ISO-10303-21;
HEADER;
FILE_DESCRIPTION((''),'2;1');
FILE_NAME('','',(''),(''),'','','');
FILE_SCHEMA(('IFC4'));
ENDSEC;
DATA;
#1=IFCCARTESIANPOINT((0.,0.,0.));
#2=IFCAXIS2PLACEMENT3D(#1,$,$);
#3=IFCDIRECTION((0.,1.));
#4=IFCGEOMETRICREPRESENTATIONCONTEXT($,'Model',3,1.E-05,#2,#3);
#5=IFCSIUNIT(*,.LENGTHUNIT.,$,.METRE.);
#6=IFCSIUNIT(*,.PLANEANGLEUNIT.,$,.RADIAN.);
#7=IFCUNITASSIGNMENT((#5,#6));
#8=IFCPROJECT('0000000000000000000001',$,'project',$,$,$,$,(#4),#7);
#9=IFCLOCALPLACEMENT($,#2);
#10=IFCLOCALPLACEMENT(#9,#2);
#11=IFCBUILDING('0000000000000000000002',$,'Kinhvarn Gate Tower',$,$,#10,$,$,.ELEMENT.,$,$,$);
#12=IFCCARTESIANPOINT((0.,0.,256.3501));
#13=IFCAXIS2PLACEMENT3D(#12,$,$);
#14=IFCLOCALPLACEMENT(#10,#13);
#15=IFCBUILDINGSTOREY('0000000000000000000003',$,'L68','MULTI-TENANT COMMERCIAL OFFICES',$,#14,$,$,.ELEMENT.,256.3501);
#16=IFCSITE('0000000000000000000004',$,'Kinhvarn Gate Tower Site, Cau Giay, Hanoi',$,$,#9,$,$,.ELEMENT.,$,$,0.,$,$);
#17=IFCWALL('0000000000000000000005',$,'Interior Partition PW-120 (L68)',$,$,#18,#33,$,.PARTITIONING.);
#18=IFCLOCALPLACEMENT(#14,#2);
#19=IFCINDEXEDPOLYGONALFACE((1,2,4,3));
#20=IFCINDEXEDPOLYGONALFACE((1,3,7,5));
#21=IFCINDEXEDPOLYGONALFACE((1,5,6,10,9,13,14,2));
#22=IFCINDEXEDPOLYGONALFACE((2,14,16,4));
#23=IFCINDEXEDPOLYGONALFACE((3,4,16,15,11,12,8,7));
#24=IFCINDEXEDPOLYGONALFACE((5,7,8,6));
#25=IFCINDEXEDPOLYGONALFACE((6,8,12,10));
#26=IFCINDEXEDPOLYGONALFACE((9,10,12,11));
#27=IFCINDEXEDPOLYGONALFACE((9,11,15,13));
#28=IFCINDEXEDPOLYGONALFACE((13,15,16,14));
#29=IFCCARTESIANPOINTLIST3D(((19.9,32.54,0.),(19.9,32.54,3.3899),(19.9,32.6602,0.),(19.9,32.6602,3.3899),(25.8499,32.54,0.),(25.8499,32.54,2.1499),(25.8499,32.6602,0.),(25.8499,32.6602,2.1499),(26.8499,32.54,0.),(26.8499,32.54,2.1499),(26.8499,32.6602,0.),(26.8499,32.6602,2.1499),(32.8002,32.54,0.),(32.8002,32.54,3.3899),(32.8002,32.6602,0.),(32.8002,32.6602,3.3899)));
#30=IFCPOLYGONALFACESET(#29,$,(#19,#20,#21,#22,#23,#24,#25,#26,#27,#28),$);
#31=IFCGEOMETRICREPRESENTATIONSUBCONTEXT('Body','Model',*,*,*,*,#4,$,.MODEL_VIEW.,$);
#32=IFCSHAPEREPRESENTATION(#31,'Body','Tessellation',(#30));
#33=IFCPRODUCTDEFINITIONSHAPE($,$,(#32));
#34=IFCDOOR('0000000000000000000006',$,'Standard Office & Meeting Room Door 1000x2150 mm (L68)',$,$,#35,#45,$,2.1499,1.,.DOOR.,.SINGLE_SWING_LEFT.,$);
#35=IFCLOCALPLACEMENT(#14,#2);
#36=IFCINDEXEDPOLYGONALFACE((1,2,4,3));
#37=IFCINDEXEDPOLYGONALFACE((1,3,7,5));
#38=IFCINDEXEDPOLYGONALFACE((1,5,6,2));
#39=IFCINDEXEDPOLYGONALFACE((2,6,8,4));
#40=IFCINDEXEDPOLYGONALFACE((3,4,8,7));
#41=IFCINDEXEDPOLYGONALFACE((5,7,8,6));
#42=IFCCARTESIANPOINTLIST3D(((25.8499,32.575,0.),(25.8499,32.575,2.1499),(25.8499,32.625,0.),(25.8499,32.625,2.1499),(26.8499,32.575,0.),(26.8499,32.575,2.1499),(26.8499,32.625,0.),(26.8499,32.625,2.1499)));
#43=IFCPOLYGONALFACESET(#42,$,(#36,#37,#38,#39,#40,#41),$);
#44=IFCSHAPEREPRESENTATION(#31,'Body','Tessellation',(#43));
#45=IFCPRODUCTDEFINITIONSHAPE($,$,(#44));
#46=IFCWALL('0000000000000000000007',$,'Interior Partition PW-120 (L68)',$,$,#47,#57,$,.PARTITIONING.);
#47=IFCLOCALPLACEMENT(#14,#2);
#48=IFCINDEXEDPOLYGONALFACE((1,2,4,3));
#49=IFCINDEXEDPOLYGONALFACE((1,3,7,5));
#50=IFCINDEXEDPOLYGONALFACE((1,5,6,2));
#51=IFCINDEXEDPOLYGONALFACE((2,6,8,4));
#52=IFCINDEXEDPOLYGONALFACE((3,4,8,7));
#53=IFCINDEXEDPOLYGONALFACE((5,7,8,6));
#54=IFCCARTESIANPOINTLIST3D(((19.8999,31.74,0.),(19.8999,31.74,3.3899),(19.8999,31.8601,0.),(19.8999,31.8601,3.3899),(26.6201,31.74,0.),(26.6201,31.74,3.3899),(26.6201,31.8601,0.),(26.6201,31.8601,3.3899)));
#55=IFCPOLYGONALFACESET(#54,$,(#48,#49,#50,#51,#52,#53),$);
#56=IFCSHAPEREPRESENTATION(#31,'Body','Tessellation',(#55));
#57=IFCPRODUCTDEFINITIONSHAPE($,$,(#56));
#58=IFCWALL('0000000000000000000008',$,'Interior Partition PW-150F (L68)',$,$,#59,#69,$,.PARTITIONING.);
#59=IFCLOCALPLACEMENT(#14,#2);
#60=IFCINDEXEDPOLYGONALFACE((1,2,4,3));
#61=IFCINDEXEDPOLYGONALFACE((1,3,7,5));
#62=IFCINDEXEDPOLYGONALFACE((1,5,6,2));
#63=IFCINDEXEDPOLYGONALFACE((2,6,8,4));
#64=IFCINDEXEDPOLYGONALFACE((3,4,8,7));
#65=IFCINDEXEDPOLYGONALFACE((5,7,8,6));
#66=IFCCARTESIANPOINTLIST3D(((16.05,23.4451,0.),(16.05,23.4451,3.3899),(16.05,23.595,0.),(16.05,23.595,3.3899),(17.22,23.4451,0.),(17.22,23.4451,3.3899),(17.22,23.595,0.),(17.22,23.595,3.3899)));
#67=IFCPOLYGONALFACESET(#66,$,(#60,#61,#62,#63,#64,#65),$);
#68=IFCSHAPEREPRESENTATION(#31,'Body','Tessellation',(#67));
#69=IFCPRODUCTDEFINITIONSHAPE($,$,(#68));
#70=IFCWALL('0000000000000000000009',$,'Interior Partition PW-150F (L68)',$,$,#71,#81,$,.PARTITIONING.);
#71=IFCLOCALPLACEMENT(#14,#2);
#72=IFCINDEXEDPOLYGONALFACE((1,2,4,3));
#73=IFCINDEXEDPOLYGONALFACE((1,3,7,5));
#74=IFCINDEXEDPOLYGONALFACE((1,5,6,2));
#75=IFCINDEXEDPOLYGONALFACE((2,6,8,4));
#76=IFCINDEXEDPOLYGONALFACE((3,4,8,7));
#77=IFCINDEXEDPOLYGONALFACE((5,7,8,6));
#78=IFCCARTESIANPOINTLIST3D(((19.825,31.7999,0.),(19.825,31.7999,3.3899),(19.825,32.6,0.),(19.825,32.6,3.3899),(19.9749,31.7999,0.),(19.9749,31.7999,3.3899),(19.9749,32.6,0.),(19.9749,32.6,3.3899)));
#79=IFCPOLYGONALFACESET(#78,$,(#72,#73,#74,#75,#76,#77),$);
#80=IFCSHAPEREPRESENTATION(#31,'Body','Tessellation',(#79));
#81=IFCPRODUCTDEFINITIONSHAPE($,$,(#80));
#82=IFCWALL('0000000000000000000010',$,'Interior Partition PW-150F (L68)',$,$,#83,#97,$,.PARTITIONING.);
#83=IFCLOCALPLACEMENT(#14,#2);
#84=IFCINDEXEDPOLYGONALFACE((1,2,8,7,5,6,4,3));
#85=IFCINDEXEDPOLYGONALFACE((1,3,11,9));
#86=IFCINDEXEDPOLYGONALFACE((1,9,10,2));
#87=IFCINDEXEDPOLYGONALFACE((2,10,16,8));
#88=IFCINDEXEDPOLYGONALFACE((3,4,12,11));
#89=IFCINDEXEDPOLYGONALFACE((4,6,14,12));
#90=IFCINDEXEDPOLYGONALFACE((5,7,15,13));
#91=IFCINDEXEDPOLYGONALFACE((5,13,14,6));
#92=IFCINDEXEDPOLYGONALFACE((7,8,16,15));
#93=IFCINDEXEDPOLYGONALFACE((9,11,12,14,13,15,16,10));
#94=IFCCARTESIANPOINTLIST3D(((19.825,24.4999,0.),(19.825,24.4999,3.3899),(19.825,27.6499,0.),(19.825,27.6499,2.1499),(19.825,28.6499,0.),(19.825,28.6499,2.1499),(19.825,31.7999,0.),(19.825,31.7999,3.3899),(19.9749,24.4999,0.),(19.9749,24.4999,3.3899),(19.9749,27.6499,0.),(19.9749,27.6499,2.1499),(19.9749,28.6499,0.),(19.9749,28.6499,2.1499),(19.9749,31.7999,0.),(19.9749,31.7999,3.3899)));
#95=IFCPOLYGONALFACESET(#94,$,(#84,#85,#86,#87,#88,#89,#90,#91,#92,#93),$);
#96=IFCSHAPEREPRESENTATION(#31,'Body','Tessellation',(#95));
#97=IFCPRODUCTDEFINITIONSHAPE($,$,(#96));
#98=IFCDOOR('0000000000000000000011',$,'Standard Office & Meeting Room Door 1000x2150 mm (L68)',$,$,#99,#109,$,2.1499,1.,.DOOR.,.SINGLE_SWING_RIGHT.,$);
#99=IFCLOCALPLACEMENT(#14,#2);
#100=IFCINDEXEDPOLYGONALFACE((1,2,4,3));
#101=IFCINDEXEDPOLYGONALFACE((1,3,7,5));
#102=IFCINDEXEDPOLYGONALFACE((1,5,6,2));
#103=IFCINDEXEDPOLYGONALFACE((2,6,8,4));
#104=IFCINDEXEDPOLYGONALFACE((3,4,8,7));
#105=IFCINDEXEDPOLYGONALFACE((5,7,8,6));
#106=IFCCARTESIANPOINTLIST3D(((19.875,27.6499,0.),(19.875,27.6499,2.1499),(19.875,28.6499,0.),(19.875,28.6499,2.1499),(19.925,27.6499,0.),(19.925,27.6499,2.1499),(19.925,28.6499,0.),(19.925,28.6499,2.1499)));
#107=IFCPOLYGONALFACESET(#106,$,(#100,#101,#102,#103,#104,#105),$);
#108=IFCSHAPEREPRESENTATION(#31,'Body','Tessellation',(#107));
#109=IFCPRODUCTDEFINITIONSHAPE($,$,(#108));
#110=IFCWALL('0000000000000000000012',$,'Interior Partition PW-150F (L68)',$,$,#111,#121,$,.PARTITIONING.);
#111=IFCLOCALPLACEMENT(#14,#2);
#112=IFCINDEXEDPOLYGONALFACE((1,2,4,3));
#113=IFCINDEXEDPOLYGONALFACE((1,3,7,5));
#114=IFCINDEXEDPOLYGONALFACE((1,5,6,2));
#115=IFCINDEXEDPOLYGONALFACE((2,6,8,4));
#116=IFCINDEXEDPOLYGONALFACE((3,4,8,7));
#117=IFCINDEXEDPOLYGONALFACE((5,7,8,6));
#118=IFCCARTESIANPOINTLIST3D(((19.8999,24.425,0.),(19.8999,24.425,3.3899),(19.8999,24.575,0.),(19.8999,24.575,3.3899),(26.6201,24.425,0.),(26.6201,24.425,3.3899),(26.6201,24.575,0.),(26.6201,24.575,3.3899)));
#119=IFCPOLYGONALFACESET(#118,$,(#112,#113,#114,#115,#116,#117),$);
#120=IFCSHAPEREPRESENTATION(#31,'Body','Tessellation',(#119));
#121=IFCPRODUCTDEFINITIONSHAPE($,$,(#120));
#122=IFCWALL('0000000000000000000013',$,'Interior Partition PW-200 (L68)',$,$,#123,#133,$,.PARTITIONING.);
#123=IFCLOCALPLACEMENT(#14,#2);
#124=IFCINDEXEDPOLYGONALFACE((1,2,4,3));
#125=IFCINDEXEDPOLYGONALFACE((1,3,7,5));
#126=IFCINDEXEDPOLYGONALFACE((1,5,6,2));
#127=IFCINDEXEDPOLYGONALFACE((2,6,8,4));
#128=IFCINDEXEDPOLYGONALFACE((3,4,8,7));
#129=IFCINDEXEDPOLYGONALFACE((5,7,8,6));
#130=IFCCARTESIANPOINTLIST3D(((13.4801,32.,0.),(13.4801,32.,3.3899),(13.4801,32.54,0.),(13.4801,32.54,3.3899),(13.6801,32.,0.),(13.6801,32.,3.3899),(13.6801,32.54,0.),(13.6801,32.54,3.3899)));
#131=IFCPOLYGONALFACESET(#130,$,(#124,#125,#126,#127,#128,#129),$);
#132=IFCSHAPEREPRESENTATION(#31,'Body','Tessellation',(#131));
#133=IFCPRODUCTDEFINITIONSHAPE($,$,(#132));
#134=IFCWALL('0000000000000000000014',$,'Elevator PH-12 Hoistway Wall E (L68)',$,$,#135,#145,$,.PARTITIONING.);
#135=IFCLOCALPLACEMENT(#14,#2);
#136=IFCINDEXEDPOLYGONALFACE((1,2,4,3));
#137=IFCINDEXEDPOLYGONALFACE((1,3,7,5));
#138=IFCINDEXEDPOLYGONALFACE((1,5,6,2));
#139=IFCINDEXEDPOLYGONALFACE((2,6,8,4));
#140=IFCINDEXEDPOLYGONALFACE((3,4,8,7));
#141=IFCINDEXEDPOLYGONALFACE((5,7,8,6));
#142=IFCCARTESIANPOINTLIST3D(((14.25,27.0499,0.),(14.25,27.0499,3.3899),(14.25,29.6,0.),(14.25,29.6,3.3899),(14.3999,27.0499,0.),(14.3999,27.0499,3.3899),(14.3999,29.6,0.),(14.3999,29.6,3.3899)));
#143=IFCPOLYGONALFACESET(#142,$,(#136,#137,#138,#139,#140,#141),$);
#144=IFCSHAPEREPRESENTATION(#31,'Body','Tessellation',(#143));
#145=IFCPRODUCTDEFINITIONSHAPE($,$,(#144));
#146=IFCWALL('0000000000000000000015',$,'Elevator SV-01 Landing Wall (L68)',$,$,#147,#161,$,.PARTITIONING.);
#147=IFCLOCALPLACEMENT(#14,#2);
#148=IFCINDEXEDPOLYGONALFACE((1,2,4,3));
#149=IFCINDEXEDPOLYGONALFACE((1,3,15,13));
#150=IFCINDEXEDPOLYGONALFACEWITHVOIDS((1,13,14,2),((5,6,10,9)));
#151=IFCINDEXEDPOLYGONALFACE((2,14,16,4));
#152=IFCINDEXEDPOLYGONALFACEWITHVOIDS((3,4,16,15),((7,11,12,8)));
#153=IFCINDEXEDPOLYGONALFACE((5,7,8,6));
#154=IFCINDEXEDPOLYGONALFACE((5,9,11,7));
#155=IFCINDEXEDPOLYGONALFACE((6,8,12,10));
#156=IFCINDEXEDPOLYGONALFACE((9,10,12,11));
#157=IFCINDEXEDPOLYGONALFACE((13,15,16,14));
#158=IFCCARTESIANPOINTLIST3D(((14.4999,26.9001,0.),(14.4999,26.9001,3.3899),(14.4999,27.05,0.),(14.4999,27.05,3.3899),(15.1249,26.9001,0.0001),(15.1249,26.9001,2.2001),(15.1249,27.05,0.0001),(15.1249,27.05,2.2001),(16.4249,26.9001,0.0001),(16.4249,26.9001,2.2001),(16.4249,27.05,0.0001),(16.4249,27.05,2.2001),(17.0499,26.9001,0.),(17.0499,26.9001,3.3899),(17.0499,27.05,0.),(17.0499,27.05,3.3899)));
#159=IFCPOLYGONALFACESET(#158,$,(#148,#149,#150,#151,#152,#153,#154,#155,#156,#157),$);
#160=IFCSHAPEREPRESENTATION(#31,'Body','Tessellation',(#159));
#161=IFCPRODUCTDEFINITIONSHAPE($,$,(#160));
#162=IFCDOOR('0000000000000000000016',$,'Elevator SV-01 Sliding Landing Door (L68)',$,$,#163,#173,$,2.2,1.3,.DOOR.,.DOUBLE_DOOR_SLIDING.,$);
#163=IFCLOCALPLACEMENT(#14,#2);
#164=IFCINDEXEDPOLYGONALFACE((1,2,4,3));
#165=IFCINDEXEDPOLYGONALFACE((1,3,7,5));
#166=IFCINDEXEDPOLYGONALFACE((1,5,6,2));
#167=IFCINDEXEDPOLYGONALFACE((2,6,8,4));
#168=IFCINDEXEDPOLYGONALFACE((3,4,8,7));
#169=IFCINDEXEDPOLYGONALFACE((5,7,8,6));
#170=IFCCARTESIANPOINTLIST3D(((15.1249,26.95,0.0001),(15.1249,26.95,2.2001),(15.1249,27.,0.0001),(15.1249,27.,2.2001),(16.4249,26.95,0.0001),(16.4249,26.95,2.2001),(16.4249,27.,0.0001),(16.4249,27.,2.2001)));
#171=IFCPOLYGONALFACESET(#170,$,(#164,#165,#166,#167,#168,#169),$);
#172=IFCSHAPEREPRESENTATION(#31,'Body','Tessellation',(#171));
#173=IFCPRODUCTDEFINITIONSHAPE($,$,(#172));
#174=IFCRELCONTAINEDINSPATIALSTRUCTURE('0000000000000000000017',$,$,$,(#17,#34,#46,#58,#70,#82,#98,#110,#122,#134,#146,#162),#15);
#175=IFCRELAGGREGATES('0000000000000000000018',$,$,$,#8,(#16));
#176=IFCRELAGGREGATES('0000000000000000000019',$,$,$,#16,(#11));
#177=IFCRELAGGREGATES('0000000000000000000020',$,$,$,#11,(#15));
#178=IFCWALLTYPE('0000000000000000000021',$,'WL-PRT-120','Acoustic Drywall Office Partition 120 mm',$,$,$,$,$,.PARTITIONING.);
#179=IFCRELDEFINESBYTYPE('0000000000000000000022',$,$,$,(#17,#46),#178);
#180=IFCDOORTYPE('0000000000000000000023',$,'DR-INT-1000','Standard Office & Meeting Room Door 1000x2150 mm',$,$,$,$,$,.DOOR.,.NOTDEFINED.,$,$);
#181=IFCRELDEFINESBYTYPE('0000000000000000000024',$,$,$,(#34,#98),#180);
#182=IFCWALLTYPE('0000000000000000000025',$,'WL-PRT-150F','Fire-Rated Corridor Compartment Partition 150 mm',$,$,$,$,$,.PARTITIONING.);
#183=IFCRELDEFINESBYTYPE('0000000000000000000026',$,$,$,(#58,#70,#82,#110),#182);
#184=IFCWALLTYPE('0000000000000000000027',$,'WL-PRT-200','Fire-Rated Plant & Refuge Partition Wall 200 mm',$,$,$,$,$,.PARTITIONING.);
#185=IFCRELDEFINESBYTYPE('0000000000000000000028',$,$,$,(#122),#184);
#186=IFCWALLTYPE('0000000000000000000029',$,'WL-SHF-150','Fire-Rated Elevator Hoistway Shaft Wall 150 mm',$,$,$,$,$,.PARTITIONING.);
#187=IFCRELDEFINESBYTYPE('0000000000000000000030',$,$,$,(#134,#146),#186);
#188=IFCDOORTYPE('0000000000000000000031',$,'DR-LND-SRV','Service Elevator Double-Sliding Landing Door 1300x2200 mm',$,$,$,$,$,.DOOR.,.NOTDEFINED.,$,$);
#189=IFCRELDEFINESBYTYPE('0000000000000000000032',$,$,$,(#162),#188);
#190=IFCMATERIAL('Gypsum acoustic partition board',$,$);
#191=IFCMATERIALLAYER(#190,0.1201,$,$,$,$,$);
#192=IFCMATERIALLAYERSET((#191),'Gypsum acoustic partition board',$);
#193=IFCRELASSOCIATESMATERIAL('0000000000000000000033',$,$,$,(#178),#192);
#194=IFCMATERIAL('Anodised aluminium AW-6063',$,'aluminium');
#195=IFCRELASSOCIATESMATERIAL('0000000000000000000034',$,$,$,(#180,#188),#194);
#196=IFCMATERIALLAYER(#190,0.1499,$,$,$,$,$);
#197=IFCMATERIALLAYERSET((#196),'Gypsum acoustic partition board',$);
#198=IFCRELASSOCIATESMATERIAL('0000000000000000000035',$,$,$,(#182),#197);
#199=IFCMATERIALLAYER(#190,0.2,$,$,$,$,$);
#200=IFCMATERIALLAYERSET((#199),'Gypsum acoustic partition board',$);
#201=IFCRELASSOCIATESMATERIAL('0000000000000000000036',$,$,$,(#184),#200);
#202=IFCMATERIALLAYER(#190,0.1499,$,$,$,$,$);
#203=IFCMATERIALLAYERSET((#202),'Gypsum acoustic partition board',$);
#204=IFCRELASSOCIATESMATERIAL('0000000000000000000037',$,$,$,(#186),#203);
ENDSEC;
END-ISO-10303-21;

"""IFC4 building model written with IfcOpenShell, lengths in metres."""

from ifc_helpers import new_model, si_unit, direction, frame, frame_2d, origin, place, context, subcontext, project, spatial, rectangle, extrude, material, layer, layer_set, type_object, element, fill, save


model = new_model("IFC4")

# Units and contexts
model_context = context("Model", 3, precision=1e-05, world=origin(), true_north=direction((0.0, 1.0)))
body_context = subcontext(model_context, "Body", "Model", "MODEL_VIEW")
ifc_project = project(units=[si_unit("LENGTHUNIT", "METRE"), si_unit("PLANEANGLEUNIT", "RADIAN")], contexts=[model_context])

# Site, building, storey
site_placement = place(None, origin())
site = spatial("IfcSite", under=ifc_project, at=site_placement, Name="Kinhvarn Gate Tower Site, Cau Giay, Hanoi", CompositionType="ELEMENT", RefElevation=0.0)
building_placement = place(site_placement, origin())
building = spatial("IfcBuilding", under=site, at=building_placement, Name="Kinhvarn Gate Tower", CompositionType="ELEMENT")
storey_placement = place(building_placement, frame((0.0, 0.0, 256.3501)))
storey = spatial("IfcBuildingStorey", under=building, at=storey_placement, Name="L68", Description="MULTI-TENANT COMMERCIAL OFFICES", CompositionType="ELEMENT", Elevation=256.3501)

# Wall, opening, door
ifc_material_1 = material(Name="Anodised aluminium AW-6063", Category="aluminium")
ifc_material_2 = material(Name="Gypsum acoustic partition board")
ifc_layer_1 = layer(ifc_material_2, 0.1201)
ifc_layer_set_1 = layer_set([ifc_layer_1], Name="Gypsum acoustic partition board")
wall_type_1 = type_object("IfcWallType", Name="WL-PRT-120", Description="Acoustic Drywall Office Partition 120 mm", PredefinedType="PARTITIONING", material=ifc_layer_set_1)
wall_1_placement = place(storey_placement, frame((19.8999, 32.6001, 0.0), z_axis=(0.0, 0.0, 1.0), x_axis=(1.0, 0.0, 0.0)))
wall_1 = element("IfcWall", 1, at=wall_1_placement, inside=storey, type_object=wall_type_1, Name="Interior Partition PW-120 (L68)", PredefinedType="PARTITIONING", context=body_context, shape_type="SweptSolid", body=[
    extrude(rectangle(XDim=12.9001, YDim=0.1201, at=frame_2d((6.4502, 0.0))), origin(), (0.0, 0.0, 1.0), 3.3899),
])
opening_1_placement = place(wall_1_placement, frame((5.95, 0.0, 0.0)))
opening_1 = element("IfcOpeningElement", 2, at=opening_1_placement, cuts=wall_1, PredefinedType="OPENING", context=body_context, shape_type="SweptSolid", body=[
    extrude(rectangle(XDim=1.0, YDim=2.1499, at=frame_2d((0.5, 1.075))), frame((0.0, 0.0701, 0.0), z_axis=(0.0, -1.0, 0.0), x_axis=(1.0, 0.0, 0.0)), (0.0, 0.0, 1.0), 0.1401),
])
door_type_1 = type_object("IfcDoorType", Name="DR-INT-1000", Description="Standard Office & Meeting Room Door 1000x2150 mm", OperationType="NOTDEFINED", PredefinedType="DOOR", material=ifc_material_1)
door_1_placement = place(opening_1_placement, origin())
door_1 = element("IfcDoor", 3, at=door_1_placement, inside=storey, type_object=door_type_1, Name="Standard Office & Meeting Room Door 1000x2150 mm (L68)", OperationType="SINGLE_SWING_LEFT", OverallHeight=2.1499, OverallWidth=1.0, PredefinedType="DOOR", context=body_context, shape_type="SweptSolid", body=[
    extrude(rectangle(XDim=1.0, YDim=2.1499, at=frame_2d((0.5, 1.075))), frame((0.0, 0.0249, 0.0), z_axis=(0.0, -1.0, 0.0), x_axis=(1.0, 0.0, 0.0)), (0.0, 0.0, 1.0), 0.05),
])
fill(opening_1, door_1)

# Walls
wall_2_placement = place(storey_placement, frame((19.8999, 31.8, 0.0), z_axis=(0.0, 0.0, 1.0), x_axis=(1.0, 0.0, 0.0)))
element("IfcWall", 4, at=wall_2_placement, inside=storey, type_object=wall_type_1, Name="Interior Partition PW-120 (L68)", PredefinedType="PARTITIONING", context=body_context, shape_type="SweptSolid", body=[
    extrude(rectangle(XDim=6.7202, YDim=0.1201, at=frame_2d((3.3601, 0.0))), origin(), (0.0, 0.0, 1.0), 3.3899),
])
ifc_layer_2 = layer(ifc_material_2, 0.1499)
ifc_layer_set_2 = layer_set([ifc_layer_2], Name="Gypsum acoustic partition board")
wall_type_2 = type_object("IfcWallType", Name="WL-PRT-150F", Description="Fire-Rated Corridor Compartment Partition 150 mm", PredefinedType="PARTITIONING", material=ifc_layer_set_2)
wall_3_placement = place(storey_placement, frame((16.05, 23.52, 0.0), z_axis=(0.0, 0.0, 1.0), x_axis=(1.0, 0.0, 0.0)))
element("IfcWall", 5, at=wall_3_placement, inside=storey, type_object=wall_type_2, Name="Interior Partition PW-150F (L68)", PredefinedType="PARTITIONING", context=body_context, shape_type="SweptSolid", body=[
    extrude(rectangle(XDim=1.1699, YDim=0.1499, at=frame_2d((0.585, 0.0))), origin(), (0.0, 0.0, 1.0), 3.3899),
])

# Wall
wall_4_placement = place(storey_placement, frame((19.8999, 31.8, 0.0), z_axis=(0.0, 0.0, 1.0), x_axis=(0.0, 1.0, 0.0)))
element("IfcWall", 6, at=wall_4_placement, inside=storey, type_object=wall_type_2, Name="Interior Partition PW-150F (L68)", PredefinedType="PARTITIONING", context=body_context, shape_type="SweptSolid", body=[
    extrude(rectangle(XDim=0.8, YDim=0.1499, at=frame_2d((0.3999, 0.0))), origin(), (0.0, 0.0, 1.0), 3.3899),
])

# Wall, opening, door
wall_5_placement = place(storey_placement, frame((19.8999, 24.5, 0.0), z_axis=(0.0, 0.0, 1.0), x_axis=(0.0, 1.0, 0.0)))
wall_5 = element("IfcWall", 7, at=wall_5_placement, inside=storey, type_object=wall_type_2, Name="Interior Partition PW-150F (L68)", PredefinedType="PARTITIONING", context=body_context, shape_type="SweptSolid", body=[
    extrude(rectangle(XDim=7.3, YDim=0.1499, at=frame_2d((3.6499, 0.0))), origin(), (0.0, 0.0, 1.0), 3.3899),
])
opening_2_placement = place(wall_5_placement, frame((3.1499, 0.0, 0.0)))
opening_2 = element("IfcOpeningElement", 8, at=opening_2_placement, cuts=wall_5, PredefinedType="OPENING", context=body_context, shape_type="SweptSolid", body=[
    extrude(rectangle(XDim=1.0, YDim=2.1499, at=frame_2d((0.5, 1.075))), frame((0.0, 0.085, 0.0), z_axis=(0.0, -1.0, 0.0), x_axis=(1.0, 0.0, 0.0)), (0.0, 0.0, 1.0), 0.1699),
])
door_2_placement = place(opening_2_placement, origin())
door_2 = element("IfcDoor", 9, at=door_2_placement, inside=storey, type_object=door_type_1, Name="Standard Office & Meeting Room Door 1000x2150 mm (L68)", OperationType="SINGLE_SWING_RIGHT", OverallHeight=2.1499, OverallWidth=1.0, PredefinedType="DOOR", context=body_context, shape_type="SweptSolid", body=[
    extrude(rectangle(XDim=1.0, YDim=2.1499, at=frame_2d((0.5, 1.075))), frame((0.0, 0.0249, 0.0), z_axis=(0.0, -1.0, 0.0), x_axis=(1.0, 0.0, 0.0)), (0.0, 0.0, 1.0), 0.05),
])
fill(opening_2, door_2)

# Walls
wall_6_placement = place(storey_placement, frame((19.8999, 24.5, 0.0), z_axis=(0.0, 0.0, 1.0), x_axis=(1.0, 0.0, 0.0)))
element("IfcWall", 10, at=wall_6_placement, inside=storey, type_object=wall_type_2, Name="Interior Partition PW-150F (L68)", PredefinedType="PARTITIONING", context=body_context, shape_type="SweptSolid", body=[
    extrude(rectangle(XDim=6.7202, YDim=0.1499, at=frame_2d((3.3601, 0.0))), origin(), (0.0, 0.0, 1.0), 3.3899),
])
ifc_layer_3 = layer(ifc_material_2, 0.2)
ifc_layer_set_3 = layer_set([ifc_layer_3], Name="Gypsum acoustic partition board")
wall_type_3 = type_object("IfcWallType", Name="WL-PRT-200", Description="Fire-Rated Plant & Refuge Partition Wall 200 mm", PredefinedType="PARTITIONING", material=ifc_layer_set_3)
wall_7_placement = place(storey_placement, frame((13.5801, 32.0, 0.0), z_axis=(0.0, 0.0, 1.0), x_axis=(0.0, 1.0, 0.0)))
element("IfcWall", 11, at=wall_7_placement, inside=storey, type_object=wall_type_3, Name="Interior Partition PW-200 (L68)", PredefinedType="PARTITIONING", context=body_context, shape_type="SweptSolid", body=[
    extrude(rectangle(XDim=0.54, YDim=0.2, at=frame_2d((0.27, 0.0))), origin(), (0.0, 0.0, 1.0), 3.3899),
])
ifc_layer_4 = layer(ifc_material_2, 0.1499)
ifc_layer_set_4 = layer_set([ifc_layer_4], Name="Gypsum acoustic partition board")
wall_type_4 = type_object("IfcWallType", Name="WL-SHF-150", Description="Fire-Rated Elevator Hoistway Shaft Wall 150 mm", PredefinedType="PARTITIONING", material=ifc_layer_set_4)
wall_8_placement = place(storey_placement, frame((14.325, 27.05, 0.0), z_axis=(0.0, 0.0, 1.0), x_axis=(0.0, 1.0, 0.0)))
element("IfcWall", 12, at=wall_8_placement, inside=storey, type_object=wall_type_4, Name="Elevator PH-12 Hoistway Wall E (L68)", PredefinedType="PARTITIONING", context=body_context, shape_type="SweptSolid", body=[
    extrude(rectangle(XDim=2.55, YDim=0.1499, at=frame_2d((1.2749, 0.0))), origin(), (0.0, 0.0, 1.0), 3.3899),
])

# Wall, opening, door
wall_9_placement = place(storey_placement, frame((14.5, 26.9751, 0.0), z_axis=(0.0, 0.0, 1.0), x_axis=(1.0, 0.0, 0.0)))
wall_9 = element("IfcWall", 13, at=wall_9_placement, inside=storey, type_object=wall_type_4, Name="Elevator SV-01 Landing Wall (L68)", PredefinedType="PARTITIONING", context=body_context, shape_type="SweptSolid", body=[
    extrude(rectangle(XDim=2.55, YDim=0.1499, at=frame_2d((1.2749, 0.0))), origin(), (0.0, 0.0, 1.0), 3.3899),
])
opening_3_placement = place(wall_9_placement, frame((0.625, 0.0, 0.0)))
opening_3 = element("IfcOpeningElement", 14, at=opening_3_placement, cuts=wall_9, PredefinedType="OPENING", context=body_context, shape_type="SweptSolid", body=[
    extrude(rectangle(XDim=1.3, YDim=2.2, at=frame_2d((0.6499, 1.1001))), frame((0.0, 0.085, 0.0), z_axis=(0.0, -1.0, 0.0), x_axis=(1.0, 0.0, 0.0)), (0.0, 0.0, 1.0), 0.1699),
])
door_type_2 = type_object("IfcDoorType", Name="DR-LND-SRV", Description="Service Elevator Double-Sliding Landing Door 1300x2200 mm", OperationType="NOTDEFINED", PredefinedType="DOOR", material=ifc_material_1)
door_3_placement = place(opening_3_placement, origin())
door_3 = element("IfcDoor", 15, at=door_3_placement, inside=storey, type_object=door_type_2, Name="Elevator SV-01 Sliding Landing Door (L68)", OperationType="DOUBLE_DOOR_SLIDING", OverallHeight=2.2, OverallWidth=1.3, PredefinedType="DOOR", context=body_context, shape_type="SweptSolid", body=[
    extrude(rectangle(XDim=1.3, YDim=2.2, at=frame_2d((0.6499, 1.1001))), frame((0.0, 0.0249, 0.0), z_axis=(0.0, -1.0, 0.0), x_axis=(1.0, 0.0, 0.0)), (0.0, 0.0, 1.0), 0.05),
])
fill(opening_3, door_3)

save(model, "model.ifc")
